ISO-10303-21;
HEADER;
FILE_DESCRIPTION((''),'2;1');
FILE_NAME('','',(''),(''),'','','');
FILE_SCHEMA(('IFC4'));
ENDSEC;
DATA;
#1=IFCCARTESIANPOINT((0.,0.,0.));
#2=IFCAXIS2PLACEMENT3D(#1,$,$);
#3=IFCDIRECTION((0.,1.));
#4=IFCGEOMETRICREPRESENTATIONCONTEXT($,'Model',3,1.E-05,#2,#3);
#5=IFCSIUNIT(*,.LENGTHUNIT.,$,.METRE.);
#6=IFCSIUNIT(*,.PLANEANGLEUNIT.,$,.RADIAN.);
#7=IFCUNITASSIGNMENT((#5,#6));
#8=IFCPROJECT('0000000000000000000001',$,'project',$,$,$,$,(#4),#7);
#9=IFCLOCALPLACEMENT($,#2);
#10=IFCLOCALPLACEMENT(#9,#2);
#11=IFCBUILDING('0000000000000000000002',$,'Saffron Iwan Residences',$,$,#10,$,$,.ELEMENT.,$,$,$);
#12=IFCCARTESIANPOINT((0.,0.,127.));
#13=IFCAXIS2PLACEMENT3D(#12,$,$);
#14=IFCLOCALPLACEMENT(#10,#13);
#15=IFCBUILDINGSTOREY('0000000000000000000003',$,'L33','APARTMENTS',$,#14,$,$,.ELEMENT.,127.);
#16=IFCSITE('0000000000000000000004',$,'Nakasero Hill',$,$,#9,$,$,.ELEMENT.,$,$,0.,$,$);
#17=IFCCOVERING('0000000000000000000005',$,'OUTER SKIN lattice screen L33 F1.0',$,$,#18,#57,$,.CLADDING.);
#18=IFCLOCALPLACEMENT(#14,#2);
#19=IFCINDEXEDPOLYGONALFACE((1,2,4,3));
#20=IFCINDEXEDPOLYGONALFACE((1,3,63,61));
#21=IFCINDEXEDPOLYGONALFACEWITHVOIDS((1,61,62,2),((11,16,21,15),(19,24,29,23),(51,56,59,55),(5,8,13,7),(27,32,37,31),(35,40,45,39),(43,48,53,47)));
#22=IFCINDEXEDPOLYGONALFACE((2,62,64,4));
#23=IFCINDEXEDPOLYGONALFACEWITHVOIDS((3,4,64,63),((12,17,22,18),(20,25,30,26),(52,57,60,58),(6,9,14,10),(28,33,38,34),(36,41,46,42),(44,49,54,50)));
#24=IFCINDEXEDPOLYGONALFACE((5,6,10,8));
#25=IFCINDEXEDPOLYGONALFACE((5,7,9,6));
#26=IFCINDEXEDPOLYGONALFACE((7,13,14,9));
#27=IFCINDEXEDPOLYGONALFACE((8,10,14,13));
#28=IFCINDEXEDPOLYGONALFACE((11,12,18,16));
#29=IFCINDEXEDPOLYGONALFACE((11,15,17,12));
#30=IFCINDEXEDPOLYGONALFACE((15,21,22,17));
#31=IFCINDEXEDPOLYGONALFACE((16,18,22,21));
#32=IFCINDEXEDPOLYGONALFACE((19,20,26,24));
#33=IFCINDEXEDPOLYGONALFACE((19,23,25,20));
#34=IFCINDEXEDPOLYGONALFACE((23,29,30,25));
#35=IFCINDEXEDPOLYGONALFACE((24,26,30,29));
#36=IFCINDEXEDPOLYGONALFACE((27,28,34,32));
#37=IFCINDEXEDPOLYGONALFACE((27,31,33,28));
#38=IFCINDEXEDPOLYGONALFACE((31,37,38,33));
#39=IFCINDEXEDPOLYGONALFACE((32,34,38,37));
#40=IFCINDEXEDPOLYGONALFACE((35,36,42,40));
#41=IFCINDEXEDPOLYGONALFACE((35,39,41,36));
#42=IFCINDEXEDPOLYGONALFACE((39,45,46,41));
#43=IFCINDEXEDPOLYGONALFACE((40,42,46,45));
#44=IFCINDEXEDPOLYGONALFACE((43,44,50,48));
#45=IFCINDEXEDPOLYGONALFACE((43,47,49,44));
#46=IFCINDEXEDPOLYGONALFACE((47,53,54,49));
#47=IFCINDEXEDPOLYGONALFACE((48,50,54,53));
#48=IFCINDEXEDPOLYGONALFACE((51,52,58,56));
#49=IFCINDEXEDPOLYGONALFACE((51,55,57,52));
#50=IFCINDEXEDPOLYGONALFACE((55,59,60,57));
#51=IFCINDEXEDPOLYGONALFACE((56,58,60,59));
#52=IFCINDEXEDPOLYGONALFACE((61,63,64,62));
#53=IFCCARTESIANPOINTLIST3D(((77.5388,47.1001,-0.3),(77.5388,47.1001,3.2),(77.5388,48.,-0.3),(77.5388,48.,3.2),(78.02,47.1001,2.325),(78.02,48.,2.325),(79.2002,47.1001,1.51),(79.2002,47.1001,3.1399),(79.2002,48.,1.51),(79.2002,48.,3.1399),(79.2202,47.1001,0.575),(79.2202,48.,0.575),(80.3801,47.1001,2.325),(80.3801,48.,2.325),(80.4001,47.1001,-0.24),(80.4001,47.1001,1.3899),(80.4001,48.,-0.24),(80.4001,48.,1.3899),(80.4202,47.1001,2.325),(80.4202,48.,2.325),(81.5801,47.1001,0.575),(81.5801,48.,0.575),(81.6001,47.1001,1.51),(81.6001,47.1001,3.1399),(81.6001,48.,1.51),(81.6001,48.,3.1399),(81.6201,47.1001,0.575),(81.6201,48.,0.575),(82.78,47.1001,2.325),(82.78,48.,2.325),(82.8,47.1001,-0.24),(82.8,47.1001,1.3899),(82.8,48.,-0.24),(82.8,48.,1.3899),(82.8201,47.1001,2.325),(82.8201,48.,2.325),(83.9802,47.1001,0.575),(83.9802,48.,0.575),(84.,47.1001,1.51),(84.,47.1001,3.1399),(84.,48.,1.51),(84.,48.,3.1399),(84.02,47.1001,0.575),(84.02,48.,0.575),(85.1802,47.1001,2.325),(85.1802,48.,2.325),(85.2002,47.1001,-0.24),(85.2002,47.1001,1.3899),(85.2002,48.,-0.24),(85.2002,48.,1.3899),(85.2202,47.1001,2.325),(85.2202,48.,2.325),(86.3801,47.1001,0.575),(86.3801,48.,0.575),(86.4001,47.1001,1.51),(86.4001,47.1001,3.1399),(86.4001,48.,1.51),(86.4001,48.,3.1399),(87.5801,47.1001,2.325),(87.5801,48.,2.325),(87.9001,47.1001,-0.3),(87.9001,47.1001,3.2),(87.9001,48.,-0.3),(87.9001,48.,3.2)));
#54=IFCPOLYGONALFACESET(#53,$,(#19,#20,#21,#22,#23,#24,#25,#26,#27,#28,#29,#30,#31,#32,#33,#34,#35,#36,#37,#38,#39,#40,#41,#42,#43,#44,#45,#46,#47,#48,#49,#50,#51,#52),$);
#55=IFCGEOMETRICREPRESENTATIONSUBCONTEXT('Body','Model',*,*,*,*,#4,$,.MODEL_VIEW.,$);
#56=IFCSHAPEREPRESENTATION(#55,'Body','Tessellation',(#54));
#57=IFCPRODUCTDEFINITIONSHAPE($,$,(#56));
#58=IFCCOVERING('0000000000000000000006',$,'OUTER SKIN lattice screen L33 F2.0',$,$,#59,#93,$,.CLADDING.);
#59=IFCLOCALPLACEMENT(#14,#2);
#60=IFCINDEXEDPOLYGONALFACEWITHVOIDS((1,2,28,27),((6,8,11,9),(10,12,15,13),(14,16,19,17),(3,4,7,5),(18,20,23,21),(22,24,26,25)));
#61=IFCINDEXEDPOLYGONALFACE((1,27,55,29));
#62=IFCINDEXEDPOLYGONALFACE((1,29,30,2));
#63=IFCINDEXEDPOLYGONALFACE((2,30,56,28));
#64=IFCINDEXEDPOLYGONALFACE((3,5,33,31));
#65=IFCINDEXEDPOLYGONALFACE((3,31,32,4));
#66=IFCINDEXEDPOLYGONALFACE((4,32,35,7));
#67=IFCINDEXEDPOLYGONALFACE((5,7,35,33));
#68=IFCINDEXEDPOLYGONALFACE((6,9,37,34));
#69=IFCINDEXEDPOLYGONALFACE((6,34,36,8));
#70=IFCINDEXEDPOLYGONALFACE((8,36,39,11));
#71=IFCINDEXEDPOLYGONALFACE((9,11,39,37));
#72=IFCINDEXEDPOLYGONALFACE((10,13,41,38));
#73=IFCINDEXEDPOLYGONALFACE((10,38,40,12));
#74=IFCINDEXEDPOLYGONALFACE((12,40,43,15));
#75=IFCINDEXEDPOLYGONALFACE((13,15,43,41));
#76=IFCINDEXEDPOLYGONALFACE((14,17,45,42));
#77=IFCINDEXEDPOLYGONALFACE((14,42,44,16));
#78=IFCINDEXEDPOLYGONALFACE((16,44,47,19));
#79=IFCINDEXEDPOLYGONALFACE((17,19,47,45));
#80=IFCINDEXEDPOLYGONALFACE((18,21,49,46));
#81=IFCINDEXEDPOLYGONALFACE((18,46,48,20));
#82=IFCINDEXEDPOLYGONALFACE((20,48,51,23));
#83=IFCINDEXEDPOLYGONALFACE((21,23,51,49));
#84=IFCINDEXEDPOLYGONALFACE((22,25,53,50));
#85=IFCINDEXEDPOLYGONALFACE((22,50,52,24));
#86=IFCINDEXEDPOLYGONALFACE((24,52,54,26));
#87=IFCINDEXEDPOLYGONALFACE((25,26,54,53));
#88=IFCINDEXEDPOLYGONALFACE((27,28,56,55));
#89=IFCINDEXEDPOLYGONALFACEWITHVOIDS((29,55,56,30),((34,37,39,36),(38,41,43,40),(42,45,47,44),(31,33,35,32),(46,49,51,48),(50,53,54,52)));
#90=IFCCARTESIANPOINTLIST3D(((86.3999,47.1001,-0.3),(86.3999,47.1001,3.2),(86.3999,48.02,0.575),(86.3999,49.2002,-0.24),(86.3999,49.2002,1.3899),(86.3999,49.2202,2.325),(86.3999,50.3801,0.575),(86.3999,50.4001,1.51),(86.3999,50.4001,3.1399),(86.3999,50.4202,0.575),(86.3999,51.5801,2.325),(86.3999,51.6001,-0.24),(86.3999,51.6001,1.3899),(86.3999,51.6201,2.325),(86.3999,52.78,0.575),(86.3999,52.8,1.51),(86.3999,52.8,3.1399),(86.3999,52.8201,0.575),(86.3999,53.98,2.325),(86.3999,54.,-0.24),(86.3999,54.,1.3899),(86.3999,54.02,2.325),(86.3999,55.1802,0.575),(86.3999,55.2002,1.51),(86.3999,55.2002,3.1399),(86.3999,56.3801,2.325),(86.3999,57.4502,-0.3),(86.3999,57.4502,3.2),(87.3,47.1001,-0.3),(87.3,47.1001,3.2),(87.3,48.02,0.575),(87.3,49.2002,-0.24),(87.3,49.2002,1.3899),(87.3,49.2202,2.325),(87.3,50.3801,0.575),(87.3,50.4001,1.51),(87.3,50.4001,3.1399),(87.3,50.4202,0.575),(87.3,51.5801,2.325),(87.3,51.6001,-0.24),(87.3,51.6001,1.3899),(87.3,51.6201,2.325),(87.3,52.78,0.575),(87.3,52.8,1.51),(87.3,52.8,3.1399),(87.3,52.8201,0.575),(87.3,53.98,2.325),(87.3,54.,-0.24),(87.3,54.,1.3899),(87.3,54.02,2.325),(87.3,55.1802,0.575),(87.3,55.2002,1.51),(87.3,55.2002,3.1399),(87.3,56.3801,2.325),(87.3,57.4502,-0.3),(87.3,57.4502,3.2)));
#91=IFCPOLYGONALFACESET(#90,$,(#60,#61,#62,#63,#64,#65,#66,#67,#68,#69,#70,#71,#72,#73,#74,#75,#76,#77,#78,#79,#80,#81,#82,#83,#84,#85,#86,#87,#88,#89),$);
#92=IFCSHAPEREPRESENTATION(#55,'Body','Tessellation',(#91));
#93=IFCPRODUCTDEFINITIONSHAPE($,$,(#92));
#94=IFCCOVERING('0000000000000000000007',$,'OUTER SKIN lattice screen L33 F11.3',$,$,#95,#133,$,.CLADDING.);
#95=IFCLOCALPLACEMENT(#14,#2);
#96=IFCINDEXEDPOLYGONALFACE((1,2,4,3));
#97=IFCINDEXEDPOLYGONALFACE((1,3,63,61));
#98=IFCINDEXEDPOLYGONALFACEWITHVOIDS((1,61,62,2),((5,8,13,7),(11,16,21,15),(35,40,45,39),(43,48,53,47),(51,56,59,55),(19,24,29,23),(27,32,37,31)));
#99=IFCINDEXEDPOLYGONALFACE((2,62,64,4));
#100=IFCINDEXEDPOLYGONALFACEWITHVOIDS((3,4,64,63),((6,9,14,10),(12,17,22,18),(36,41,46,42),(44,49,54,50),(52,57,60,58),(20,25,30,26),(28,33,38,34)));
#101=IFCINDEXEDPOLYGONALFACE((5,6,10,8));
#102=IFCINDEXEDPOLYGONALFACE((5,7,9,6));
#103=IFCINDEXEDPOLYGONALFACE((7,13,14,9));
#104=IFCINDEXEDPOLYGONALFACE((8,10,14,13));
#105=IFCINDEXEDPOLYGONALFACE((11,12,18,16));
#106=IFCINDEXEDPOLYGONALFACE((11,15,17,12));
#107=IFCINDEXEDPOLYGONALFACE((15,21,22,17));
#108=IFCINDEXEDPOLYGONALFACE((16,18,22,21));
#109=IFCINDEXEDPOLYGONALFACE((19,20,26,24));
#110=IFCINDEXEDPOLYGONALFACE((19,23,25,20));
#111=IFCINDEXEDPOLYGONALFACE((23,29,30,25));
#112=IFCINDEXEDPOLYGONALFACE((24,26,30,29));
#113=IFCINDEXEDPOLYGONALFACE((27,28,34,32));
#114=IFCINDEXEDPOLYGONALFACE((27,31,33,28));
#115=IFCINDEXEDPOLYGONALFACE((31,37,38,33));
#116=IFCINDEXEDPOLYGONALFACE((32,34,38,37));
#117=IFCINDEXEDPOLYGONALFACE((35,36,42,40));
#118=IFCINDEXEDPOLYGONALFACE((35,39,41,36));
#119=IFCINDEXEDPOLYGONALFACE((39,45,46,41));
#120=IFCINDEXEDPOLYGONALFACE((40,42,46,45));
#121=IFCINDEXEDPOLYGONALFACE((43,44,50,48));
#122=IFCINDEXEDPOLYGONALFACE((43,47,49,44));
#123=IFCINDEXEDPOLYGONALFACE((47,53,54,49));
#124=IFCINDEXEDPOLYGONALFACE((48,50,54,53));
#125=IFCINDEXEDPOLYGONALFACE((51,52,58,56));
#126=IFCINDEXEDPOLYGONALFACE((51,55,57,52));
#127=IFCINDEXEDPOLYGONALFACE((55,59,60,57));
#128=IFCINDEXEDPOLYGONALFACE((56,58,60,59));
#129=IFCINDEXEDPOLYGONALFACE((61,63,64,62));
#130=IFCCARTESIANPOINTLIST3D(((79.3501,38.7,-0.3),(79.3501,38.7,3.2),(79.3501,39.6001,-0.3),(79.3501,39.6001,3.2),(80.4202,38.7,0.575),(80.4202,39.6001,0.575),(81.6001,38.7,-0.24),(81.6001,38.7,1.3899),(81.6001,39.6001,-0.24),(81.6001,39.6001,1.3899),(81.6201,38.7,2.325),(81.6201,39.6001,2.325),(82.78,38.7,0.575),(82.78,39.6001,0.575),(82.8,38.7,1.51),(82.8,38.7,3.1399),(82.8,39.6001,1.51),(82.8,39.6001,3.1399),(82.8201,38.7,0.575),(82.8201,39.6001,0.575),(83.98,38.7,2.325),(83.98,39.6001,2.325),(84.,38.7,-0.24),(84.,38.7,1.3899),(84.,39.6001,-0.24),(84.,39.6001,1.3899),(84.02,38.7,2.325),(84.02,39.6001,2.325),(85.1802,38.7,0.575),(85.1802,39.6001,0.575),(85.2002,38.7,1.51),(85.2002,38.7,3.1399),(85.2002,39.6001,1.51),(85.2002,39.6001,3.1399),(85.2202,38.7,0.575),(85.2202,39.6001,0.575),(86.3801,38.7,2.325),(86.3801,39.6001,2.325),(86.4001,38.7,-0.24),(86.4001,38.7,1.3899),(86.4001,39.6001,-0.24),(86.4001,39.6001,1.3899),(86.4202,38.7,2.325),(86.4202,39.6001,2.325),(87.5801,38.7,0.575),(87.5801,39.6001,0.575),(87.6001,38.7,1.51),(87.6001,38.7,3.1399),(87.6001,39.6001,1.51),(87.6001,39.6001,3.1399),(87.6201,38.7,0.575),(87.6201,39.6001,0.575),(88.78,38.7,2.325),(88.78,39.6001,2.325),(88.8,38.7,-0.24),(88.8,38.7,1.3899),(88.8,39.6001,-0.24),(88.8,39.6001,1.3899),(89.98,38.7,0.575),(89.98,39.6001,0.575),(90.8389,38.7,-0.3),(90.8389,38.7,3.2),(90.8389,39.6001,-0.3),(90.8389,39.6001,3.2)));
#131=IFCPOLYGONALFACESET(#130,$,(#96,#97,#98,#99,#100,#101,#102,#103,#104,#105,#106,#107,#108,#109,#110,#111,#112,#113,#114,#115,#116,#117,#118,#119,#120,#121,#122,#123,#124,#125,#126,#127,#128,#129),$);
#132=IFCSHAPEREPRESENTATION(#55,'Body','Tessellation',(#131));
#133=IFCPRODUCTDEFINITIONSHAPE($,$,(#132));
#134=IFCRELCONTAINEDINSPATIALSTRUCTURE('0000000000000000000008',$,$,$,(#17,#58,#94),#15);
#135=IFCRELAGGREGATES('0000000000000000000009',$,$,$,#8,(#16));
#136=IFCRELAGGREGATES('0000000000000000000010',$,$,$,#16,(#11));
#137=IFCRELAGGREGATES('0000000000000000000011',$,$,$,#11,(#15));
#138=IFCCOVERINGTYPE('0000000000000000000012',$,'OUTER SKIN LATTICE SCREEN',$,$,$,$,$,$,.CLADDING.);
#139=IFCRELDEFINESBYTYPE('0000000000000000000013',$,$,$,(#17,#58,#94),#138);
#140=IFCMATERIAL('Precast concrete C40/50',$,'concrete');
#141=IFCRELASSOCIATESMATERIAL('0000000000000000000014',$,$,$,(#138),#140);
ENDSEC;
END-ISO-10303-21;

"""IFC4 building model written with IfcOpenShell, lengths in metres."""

from ifc_helpers import new_model, si_unit, direction, frame, origin, place, context, subcontext, project, spatial, polyline, outline, extrude, material, type_object, element, save


model = new_model("IFC4")

# Units and contexts
model_context = context("Model", 3, precision=1e-05, world=origin(), true_north=direction((0.0, 1.0)))
body_context = subcontext(model_context, "Body", "Model", "MODEL_VIEW")
ifc_project = project(units=[si_unit("LENGTHUNIT", "METRE"), si_unit("PLANEANGLEUNIT", "RADIAN")], contexts=[model_context])

# Site, building, storey
site_placement = place(None, origin())
site = spatial("IfcSite", under=ifc_project, at=site_placement, Name="Nakasero Hill", CompositionType="ELEMENT", RefElevation=0.0)
building_placement = place(site_placement, origin())
building = spatial("IfcBuilding", under=site, at=building_placement, Name="Saffron Iwan Residences", CompositionType="ELEMENT")
storey_placement = place(building_placement, frame((0.0, 0.0, 127.0)))
storey = spatial("IfcBuildingStorey", under=building, at=storey_placement, Name="L33", Description="APARTMENTS", CompositionType="ELEMENT", Elevation=127.0)

# Coverings
ifc_material_1 = material(Name="Precast concrete C40/50", Category="concrete")
covering_type = type_object("IfcCoveringType", Name="OUTER SKIN LATTICE SCREEN", PredefinedType="CLADDING", material=ifc_material_1)
covering_1_placement = place(storey_placement, frame((77.5388, 48.0, -0.3), z_axis=(0.0, -1.0, 0.0), x_axis=(1.0, 0.0, 0.0)))
element("IfcCovering", 1, at=covering_1_placement, inside=storey, type_object=covering_type, Name="OUTER SKIN lattice screen L33 F1.0", PredefinedType="CLADDING", context=body_context, shape_type="SweptSolid", body=[
    extrude(outline(polyline([(0.0, 0.0), (10.3613, 0.0), (10.3613, 3.5), (0.0, 3.5), (0.0, 0.0)]), holes=[polyline([(1.6814, 0.875), (2.8613, 0.0601), (4.0413, 0.875), (2.8613, 1.6899), (1.6814, 0.875)]), polyline([(4.0813, 0.875), (5.2612, 0.0601), (6.4414, 0.875), (5.2612, 1.6899), (4.0813, 0.875)]), polyline([(6.4812, 0.875), (7.6614, 0.0601), (8.8413, 0.875), (7.6614, 1.6899), (6.4812, 0.875)]), polyline([(0.4812, 2.625), (1.6614, 1.8101), (2.8413, 2.625), (1.6614, 3.4399), (0.4812, 2.625)]), polyline([(2.8813, 2.625), (4.0613, 1.8101), (5.2412, 2.625), (4.0613, 3.4399), (2.8813, 2.625)]), polyline([(5.2812, 2.625), (6.4612, 1.8101), (7.6414, 2.625), (6.4612, 3.4399), (5.2812, 2.625)]), polyline([(7.6814, 2.625), (8.8613, 1.8101), (10.0413, 2.625), (8.8613, 3.4399), (7.6814, 2.625)])]), origin(), (0.0, 0.0, 1.0), 0.8999),
])
covering_2_placement = place(storey_placement, frame((86.3999, 47.1001, -0.3), z_axis=(1.0, 0.0, 0.0), x_axis=(0.0, 1.0, 0.0)))
element("IfcCovering", 2, at=covering_2_placement, inside=storey, type_object=covering_type, Name="OUTER SKIN lattice screen L33 F2.0", PredefinedType="CLADDING", context=body_context, shape_type="SweptSolid", body=[
    extrude(outline(polyline([(0.0, 0.0), (10.3501, 0.0), (10.3501, 3.5), (0.0, 3.5), (0.0, 0.0)]), holes=[polyline([(0.9199, 0.875), (2.1001, 0.0601), (3.28, 0.875), (2.1001, 1.6899), (0.9199, 0.875)]), polyline([(3.3201, 0.875), (4.5, 0.0601), (5.6799, 0.875), (4.5, 1.6899), (3.3201, 0.875)]), polyline([(5.72, 0.875), (6.8999, 0.0601), (8.0801, 0.875), (6.8999, 1.6899), (5.72, 0.875)]), polyline([(2.1201, 2.625), (3.3, 1.8101), (4.48, 2.625), (3.3, 3.4399), (2.1201, 2.625)]), polyline([(4.52, 2.625), (5.7, 1.8101), (6.8799, 2.625), (5.7, 3.4399), (4.52, 2.625)]), polyline([(6.9199, 2.625), (8.1001, 1.8101), (9.28, 2.625), (8.1001, 3.4399), (6.9199, 2.625)])]), origin(), (0.0, 0.0, 1.0), 0.9001),
])
covering_3_placement = place(storey_placement, frame((79.3501, 39.6001, -0.3), z_axis=(0.0, -1.0, 0.0), x_axis=(1.0, 0.0, 0.0)))
element("IfcCovering", 3, at=covering_3_placement, inside=storey, type_object=covering_type, Name="OUTER SKIN lattice screen L33 F11.3", PredefinedType="CLADDING", context=body_context, shape_type="SweptSolid", body=[
    extrude(outline(polyline([(0.0, 0.0), (11.4888, 0.0), (11.4888, 3.5), (0.0, 3.5), (0.0, 0.0)]), holes=[polyline([(1.0701, 0.875), (2.25, 0.0601), (3.4299, 0.875), (2.25, 1.6899), (1.0701, 0.875)]), polyline([(3.47, 0.875), (4.6499, 0.0601), (5.8301, 0.875), (4.6499, 1.6899), (3.47, 0.875)]), polyline([(5.8701, 0.875), (7.05, 0.0601), (8.23, 0.875), (7.05, 1.6899), (5.8701, 0.875)]), polyline([(8.27, 0.875), (9.45, 0.0601), (10.6299, 0.875), (9.45, 1.6899), (8.27, 0.875)]), polyline([(2.27, 2.625), (3.45, 1.8101), (4.6299, 2.625), (3.45, 3.4399), (2.27, 2.625)]), polyline([(4.6699, 2.625), (5.8501, 1.8101), (7.03, 2.625), (5.8501, 3.4399), (4.6699, 2.625)]), polyline([(7.0701, 2.625), (8.25, 1.8101), (9.4299, 2.625), (8.25, 3.4399), (7.0701, 2.625)])]), origin(), (0.0, 0.0, 1.0), 0.9001),
])

save(model, "model.ifc")
